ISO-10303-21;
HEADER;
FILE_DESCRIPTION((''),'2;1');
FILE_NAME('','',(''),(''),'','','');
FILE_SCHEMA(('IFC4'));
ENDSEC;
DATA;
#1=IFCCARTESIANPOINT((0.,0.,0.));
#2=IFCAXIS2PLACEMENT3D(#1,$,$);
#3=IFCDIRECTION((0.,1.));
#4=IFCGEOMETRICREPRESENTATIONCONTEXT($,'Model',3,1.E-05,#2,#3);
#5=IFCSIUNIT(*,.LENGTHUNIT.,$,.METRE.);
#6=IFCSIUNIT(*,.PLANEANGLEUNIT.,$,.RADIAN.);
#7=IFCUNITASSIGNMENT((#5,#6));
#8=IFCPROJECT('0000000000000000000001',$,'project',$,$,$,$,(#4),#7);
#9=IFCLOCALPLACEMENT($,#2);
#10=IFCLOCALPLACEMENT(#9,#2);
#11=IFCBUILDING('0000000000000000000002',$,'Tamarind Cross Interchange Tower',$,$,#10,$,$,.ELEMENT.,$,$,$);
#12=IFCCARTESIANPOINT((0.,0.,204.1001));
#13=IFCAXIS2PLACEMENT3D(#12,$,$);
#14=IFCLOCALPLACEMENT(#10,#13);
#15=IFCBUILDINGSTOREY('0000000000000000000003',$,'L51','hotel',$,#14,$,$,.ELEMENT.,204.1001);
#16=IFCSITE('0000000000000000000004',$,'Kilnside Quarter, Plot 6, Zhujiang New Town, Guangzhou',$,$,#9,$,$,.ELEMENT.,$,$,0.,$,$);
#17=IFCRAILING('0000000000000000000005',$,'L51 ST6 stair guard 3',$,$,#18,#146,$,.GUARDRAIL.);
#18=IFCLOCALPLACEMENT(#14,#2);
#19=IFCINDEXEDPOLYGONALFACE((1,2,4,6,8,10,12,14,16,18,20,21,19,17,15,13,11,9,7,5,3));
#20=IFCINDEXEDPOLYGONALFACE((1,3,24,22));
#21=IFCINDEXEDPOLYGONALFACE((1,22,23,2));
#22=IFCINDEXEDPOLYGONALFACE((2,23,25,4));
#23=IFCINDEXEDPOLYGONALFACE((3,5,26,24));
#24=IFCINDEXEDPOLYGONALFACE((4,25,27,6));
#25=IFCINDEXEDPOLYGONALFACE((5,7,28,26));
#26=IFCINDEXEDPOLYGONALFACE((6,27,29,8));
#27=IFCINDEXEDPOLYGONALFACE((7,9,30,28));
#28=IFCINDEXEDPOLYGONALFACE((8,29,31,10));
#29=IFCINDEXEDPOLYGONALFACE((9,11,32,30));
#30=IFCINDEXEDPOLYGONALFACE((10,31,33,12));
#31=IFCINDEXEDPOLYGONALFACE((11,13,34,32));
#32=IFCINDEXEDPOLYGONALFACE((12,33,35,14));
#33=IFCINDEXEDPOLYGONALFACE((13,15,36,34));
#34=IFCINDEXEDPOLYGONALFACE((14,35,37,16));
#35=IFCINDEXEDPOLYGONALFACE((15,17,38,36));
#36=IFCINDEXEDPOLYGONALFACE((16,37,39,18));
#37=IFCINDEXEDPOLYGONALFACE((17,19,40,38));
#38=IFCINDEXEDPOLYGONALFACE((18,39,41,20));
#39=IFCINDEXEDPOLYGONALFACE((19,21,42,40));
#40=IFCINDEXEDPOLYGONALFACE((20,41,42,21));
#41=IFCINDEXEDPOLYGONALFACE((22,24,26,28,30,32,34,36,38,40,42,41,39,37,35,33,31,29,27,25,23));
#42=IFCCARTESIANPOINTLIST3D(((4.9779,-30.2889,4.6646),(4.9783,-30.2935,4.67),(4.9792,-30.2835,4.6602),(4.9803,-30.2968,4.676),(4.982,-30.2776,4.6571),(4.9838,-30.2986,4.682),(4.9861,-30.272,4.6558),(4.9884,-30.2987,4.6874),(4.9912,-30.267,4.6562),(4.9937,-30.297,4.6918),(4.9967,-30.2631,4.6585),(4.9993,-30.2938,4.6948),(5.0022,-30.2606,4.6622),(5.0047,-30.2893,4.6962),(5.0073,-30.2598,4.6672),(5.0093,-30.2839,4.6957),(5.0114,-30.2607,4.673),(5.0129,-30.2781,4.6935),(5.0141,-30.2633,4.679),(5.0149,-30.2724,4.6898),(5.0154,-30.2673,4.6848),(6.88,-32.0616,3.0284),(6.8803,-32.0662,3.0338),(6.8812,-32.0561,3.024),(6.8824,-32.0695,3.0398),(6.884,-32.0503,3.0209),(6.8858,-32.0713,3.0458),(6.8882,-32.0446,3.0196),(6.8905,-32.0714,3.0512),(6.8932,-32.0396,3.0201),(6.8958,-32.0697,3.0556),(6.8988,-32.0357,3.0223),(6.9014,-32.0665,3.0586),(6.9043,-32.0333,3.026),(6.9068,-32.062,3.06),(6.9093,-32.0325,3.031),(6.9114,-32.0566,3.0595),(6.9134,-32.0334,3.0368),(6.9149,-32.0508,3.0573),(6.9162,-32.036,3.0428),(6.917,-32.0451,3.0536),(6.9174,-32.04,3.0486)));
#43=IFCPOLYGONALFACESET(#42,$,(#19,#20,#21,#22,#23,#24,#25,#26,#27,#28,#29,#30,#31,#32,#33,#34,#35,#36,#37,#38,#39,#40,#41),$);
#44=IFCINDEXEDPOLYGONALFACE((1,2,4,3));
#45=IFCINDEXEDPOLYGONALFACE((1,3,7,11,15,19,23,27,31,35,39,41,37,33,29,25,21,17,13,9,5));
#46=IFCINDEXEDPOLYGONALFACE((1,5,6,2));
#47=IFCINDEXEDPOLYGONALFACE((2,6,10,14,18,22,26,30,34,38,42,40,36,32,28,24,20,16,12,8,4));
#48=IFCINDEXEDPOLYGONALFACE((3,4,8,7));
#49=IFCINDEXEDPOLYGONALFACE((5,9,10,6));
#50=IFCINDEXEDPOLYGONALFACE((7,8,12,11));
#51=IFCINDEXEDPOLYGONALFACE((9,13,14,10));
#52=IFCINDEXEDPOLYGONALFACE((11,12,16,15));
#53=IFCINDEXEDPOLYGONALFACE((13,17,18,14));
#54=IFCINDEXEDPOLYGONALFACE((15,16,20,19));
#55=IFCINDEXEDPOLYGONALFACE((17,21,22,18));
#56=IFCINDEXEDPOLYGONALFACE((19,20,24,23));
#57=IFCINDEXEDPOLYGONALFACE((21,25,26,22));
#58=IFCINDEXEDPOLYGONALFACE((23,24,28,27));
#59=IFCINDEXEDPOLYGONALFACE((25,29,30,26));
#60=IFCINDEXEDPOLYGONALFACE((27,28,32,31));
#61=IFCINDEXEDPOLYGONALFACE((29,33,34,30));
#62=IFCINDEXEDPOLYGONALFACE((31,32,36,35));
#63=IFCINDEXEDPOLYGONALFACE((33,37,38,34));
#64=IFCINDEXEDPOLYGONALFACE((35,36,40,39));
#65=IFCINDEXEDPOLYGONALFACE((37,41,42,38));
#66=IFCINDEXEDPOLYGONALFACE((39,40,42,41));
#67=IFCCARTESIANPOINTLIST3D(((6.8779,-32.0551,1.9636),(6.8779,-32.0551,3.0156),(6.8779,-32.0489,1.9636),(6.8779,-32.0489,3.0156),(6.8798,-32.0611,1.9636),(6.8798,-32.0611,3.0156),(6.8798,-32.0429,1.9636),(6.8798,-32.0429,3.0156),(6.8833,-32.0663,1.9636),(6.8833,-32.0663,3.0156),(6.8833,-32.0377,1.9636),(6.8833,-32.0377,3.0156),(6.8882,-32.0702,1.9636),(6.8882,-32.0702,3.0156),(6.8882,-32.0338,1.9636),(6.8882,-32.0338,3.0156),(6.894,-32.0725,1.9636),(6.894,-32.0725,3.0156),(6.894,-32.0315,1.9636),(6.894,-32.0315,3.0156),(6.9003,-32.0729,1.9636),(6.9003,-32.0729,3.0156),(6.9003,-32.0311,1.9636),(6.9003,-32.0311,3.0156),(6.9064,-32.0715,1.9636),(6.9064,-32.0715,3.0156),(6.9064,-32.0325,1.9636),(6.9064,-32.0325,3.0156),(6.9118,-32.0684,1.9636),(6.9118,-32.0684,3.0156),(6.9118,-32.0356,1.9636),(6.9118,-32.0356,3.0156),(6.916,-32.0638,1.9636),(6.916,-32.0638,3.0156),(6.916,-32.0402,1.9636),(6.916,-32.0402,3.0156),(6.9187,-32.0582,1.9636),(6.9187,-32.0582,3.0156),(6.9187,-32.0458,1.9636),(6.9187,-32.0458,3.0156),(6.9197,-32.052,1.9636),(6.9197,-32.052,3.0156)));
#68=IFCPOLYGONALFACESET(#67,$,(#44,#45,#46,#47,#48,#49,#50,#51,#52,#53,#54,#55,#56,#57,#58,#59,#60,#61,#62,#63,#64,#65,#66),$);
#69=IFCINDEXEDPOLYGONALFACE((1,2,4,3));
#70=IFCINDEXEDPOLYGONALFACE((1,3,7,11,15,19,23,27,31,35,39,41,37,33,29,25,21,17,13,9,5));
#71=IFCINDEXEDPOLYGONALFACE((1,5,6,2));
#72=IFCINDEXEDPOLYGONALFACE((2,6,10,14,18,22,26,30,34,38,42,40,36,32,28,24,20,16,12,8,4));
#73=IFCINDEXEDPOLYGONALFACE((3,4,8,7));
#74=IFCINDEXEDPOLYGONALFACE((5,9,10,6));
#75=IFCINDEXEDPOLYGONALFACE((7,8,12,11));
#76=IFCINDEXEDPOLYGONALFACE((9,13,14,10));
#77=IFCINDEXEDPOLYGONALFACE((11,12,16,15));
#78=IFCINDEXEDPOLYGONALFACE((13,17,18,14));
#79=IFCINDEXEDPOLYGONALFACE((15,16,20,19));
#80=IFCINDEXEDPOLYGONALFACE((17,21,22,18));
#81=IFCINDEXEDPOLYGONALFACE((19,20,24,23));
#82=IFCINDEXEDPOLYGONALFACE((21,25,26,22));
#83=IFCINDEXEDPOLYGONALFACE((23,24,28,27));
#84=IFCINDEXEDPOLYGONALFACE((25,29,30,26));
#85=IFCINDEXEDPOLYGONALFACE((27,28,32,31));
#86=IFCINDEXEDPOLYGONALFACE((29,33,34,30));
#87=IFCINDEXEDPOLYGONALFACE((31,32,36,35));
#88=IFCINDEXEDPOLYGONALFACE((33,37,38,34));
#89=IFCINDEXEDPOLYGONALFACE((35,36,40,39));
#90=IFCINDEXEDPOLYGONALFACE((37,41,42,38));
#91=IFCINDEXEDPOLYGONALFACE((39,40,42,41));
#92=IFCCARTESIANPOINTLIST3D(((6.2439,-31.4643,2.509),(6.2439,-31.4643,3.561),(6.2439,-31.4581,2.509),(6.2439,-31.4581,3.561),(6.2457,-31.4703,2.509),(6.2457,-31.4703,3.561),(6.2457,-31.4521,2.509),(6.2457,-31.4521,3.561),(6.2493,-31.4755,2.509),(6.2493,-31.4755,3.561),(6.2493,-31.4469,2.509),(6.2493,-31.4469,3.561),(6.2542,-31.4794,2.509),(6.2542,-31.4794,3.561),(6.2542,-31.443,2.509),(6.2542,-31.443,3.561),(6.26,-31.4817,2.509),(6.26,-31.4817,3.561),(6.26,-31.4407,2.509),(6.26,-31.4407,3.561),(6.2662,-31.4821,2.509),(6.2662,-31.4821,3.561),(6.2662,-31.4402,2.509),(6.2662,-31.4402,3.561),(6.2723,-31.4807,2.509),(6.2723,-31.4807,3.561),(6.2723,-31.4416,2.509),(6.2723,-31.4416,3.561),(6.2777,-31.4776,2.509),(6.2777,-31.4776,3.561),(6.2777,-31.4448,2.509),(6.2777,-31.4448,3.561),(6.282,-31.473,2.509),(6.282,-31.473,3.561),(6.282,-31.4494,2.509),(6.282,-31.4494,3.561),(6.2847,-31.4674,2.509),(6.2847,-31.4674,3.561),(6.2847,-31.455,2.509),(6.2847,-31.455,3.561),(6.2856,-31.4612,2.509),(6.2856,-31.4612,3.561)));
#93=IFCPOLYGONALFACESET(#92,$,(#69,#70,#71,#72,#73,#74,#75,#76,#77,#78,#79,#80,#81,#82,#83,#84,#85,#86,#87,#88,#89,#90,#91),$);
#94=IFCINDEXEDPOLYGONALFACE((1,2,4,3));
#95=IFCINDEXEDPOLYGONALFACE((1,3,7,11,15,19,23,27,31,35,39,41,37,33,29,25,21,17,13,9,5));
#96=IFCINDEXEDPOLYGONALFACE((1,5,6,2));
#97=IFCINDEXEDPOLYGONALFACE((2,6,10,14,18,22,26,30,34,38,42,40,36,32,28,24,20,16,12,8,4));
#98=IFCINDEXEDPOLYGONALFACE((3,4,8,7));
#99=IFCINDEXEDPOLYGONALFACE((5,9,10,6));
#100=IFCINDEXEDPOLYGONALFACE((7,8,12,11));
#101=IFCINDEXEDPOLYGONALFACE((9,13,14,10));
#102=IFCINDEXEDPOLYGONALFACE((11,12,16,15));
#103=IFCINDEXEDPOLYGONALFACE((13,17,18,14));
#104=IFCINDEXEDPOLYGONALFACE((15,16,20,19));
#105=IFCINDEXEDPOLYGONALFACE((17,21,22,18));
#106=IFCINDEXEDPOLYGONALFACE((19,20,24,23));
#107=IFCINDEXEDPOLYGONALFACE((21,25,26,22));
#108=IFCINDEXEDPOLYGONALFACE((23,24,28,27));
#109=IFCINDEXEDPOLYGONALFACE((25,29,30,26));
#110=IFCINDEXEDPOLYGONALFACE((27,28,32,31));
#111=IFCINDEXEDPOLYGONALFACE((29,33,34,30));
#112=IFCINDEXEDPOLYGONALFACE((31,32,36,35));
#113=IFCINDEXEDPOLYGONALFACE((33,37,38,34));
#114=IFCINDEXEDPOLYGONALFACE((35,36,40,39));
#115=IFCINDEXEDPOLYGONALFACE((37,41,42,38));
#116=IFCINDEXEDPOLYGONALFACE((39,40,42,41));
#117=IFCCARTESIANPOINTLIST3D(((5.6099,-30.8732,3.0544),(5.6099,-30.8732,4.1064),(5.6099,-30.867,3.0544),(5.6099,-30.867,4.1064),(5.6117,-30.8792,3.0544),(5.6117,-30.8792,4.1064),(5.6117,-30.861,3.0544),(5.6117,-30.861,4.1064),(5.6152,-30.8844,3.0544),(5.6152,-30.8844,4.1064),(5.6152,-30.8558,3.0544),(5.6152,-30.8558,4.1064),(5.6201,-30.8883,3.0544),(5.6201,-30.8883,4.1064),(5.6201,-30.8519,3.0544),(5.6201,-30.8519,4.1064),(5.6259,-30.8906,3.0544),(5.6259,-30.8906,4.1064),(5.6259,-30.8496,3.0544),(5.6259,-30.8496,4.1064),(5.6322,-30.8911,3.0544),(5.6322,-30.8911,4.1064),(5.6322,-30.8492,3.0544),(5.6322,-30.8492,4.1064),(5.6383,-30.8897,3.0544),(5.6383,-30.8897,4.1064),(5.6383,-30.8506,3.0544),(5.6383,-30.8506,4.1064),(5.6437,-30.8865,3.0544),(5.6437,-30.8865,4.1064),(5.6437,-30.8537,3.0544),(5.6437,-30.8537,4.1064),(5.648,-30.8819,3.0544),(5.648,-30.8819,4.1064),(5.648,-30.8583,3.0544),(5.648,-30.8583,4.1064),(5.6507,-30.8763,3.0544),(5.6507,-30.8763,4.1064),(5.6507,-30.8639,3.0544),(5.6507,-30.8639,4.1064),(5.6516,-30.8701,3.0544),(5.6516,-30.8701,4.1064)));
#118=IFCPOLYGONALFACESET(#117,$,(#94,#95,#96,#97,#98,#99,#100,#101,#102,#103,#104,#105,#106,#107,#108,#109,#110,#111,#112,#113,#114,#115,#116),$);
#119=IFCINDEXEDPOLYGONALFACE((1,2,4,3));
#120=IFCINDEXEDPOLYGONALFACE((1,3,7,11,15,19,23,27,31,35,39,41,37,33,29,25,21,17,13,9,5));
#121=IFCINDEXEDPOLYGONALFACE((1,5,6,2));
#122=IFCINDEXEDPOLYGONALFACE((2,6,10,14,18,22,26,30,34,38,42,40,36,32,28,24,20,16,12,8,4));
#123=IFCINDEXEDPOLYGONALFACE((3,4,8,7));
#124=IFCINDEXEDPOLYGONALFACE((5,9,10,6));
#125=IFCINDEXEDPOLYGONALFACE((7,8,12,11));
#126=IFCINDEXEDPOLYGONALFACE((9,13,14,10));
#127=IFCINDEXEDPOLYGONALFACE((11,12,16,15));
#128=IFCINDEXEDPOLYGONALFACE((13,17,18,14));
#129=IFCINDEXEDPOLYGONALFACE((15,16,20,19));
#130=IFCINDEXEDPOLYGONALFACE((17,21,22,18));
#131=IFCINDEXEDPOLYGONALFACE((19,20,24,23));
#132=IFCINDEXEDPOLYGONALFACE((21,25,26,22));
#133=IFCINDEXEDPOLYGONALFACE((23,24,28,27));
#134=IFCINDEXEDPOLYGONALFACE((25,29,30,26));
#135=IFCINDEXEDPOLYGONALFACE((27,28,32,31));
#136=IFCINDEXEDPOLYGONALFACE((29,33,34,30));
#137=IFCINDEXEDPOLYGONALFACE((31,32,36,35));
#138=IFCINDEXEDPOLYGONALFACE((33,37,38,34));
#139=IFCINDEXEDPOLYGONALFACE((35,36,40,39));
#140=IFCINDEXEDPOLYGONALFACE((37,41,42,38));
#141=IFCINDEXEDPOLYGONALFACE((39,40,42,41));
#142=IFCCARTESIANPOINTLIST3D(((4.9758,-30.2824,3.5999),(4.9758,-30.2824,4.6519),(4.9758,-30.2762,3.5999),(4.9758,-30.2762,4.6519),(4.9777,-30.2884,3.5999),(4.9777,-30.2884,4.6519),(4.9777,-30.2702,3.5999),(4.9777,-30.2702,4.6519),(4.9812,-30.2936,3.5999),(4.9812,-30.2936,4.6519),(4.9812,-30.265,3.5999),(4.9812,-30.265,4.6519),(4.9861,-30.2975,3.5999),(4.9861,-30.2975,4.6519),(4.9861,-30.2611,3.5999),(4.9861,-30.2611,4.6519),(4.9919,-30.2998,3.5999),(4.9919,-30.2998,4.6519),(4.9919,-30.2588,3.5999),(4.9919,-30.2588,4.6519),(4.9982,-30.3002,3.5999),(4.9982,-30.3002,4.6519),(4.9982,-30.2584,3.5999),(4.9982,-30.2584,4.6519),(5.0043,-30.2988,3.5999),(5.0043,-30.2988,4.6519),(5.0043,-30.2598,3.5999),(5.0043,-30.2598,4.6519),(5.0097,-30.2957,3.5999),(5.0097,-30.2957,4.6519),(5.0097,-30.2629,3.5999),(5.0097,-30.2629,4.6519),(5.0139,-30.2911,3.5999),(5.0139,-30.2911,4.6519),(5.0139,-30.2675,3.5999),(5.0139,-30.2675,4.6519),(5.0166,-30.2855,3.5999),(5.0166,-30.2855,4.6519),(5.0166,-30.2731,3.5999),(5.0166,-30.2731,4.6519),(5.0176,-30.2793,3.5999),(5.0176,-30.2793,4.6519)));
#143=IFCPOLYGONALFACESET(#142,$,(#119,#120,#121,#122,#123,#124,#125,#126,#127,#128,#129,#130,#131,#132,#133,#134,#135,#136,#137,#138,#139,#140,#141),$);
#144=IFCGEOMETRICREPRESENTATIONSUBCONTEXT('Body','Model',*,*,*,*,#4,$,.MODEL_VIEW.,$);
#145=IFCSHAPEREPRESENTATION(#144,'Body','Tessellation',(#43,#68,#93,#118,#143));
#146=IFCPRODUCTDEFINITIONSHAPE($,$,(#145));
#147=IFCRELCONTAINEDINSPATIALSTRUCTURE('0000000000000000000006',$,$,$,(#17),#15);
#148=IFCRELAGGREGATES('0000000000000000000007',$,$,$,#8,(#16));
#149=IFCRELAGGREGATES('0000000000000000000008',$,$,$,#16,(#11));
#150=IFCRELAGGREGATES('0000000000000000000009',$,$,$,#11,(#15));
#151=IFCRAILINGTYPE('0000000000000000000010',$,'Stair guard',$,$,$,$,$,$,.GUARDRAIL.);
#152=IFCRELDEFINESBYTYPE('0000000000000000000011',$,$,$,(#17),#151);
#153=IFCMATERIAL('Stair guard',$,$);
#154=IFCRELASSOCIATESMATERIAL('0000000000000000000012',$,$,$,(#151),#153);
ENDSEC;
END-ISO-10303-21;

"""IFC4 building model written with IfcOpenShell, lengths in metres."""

from ifc_helpers import new_model, si_unit, direction, frame, origin, origin_2d, place, context, subcontext, project, spatial, circle, extrude, material, type_object, element, save


model = new_model("IFC4")

# Units and contexts
model_context = context("Model", 3, precision=1e-05, world=origin(), true_north=direction((0.0, 1.0)))
body_context = subcontext(model_context, "Body", "Model", "MODEL_VIEW")
ifc_project = project(units=[si_unit("LENGTHUNIT", "METRE"), si_unit("PLANEANGLEUNIT", "RADIAN")], contexts=[model_context])

# Site, building, storey
site_placement = place(None, origin())
site = spatial("IfcSite", under=ifc_project, at=site_placement, Name="Kilnside Quarter, Plot 6, Zhujiang New Town, Guangzhou", CompositionType="ELEMENT", RefElevation=0.0)
building_placement = place(site_placement, origin())
building = spatial("IfcBuilding", under=site, at=building_placement, Name="Tamarind Cross Interchange Tower", CompositionType="ELEMENT")
storey_placement = place(building_placement, frame((0.0, 0.0, 204.1001)))
storey = spatial("IfcBuildingStorey", under=building, at=storey_placement, Name="L51", Description="hotel", CompositionType="ELEMENT", Elevation=204.1001)

# Railing
ifc_material_1 = material(Name="Stair guard")
railing_type_1 = type_object("IfcRailingType", Name="Stair guard", PredefinedType="GUARDRAIL", material=ifc_material_1)
railing_1_placement = place(storey_placement, frame((6.8987, -32.052, 1.9636)))
element("IfcRailing", 1, at=railing_1_placement, inside=storey, type_object=railing_type_1, Name="L51 ST6 stair guard 3", PredefinedType="GUARDRAIL", context=body_context, shape_type="SweptSolid", body=[
    extrude(circle(Radius=0.0239, at=origin_2d()), frame((0.0, 0.0, 1.0762), z_axis=(-0.619156, 0.577036, 0.532612), x_axis=(-0.681786, -0.731552, 0.0)), (0.0, 0.0, 1.0), 3.072),
    extrude(circle(Radius=0.021, at=origin_2d()), origin(), (0.0, 0.0, 1.0), 1.052),
    extrude(circle(Radius=0.021, at=origin_2d()), frame((-0.634, 0.5908, 0.5454)), (0.0, 0.0, 1.0), 1.052),
    extrude(circle(Radius=0.021, at=origin_2d()), frame((-1.2681, 1.1819, 1.0908)), (0.0, 0.0, 1.0), 1.052),
    extrude(circle(Radius=0.021, at=origin_2d()), frame((-1.9021, 1.7727, 1.6362)), (0.0, 0.0, 1.0), 1.052),
])

save(model, "model.ifc")
